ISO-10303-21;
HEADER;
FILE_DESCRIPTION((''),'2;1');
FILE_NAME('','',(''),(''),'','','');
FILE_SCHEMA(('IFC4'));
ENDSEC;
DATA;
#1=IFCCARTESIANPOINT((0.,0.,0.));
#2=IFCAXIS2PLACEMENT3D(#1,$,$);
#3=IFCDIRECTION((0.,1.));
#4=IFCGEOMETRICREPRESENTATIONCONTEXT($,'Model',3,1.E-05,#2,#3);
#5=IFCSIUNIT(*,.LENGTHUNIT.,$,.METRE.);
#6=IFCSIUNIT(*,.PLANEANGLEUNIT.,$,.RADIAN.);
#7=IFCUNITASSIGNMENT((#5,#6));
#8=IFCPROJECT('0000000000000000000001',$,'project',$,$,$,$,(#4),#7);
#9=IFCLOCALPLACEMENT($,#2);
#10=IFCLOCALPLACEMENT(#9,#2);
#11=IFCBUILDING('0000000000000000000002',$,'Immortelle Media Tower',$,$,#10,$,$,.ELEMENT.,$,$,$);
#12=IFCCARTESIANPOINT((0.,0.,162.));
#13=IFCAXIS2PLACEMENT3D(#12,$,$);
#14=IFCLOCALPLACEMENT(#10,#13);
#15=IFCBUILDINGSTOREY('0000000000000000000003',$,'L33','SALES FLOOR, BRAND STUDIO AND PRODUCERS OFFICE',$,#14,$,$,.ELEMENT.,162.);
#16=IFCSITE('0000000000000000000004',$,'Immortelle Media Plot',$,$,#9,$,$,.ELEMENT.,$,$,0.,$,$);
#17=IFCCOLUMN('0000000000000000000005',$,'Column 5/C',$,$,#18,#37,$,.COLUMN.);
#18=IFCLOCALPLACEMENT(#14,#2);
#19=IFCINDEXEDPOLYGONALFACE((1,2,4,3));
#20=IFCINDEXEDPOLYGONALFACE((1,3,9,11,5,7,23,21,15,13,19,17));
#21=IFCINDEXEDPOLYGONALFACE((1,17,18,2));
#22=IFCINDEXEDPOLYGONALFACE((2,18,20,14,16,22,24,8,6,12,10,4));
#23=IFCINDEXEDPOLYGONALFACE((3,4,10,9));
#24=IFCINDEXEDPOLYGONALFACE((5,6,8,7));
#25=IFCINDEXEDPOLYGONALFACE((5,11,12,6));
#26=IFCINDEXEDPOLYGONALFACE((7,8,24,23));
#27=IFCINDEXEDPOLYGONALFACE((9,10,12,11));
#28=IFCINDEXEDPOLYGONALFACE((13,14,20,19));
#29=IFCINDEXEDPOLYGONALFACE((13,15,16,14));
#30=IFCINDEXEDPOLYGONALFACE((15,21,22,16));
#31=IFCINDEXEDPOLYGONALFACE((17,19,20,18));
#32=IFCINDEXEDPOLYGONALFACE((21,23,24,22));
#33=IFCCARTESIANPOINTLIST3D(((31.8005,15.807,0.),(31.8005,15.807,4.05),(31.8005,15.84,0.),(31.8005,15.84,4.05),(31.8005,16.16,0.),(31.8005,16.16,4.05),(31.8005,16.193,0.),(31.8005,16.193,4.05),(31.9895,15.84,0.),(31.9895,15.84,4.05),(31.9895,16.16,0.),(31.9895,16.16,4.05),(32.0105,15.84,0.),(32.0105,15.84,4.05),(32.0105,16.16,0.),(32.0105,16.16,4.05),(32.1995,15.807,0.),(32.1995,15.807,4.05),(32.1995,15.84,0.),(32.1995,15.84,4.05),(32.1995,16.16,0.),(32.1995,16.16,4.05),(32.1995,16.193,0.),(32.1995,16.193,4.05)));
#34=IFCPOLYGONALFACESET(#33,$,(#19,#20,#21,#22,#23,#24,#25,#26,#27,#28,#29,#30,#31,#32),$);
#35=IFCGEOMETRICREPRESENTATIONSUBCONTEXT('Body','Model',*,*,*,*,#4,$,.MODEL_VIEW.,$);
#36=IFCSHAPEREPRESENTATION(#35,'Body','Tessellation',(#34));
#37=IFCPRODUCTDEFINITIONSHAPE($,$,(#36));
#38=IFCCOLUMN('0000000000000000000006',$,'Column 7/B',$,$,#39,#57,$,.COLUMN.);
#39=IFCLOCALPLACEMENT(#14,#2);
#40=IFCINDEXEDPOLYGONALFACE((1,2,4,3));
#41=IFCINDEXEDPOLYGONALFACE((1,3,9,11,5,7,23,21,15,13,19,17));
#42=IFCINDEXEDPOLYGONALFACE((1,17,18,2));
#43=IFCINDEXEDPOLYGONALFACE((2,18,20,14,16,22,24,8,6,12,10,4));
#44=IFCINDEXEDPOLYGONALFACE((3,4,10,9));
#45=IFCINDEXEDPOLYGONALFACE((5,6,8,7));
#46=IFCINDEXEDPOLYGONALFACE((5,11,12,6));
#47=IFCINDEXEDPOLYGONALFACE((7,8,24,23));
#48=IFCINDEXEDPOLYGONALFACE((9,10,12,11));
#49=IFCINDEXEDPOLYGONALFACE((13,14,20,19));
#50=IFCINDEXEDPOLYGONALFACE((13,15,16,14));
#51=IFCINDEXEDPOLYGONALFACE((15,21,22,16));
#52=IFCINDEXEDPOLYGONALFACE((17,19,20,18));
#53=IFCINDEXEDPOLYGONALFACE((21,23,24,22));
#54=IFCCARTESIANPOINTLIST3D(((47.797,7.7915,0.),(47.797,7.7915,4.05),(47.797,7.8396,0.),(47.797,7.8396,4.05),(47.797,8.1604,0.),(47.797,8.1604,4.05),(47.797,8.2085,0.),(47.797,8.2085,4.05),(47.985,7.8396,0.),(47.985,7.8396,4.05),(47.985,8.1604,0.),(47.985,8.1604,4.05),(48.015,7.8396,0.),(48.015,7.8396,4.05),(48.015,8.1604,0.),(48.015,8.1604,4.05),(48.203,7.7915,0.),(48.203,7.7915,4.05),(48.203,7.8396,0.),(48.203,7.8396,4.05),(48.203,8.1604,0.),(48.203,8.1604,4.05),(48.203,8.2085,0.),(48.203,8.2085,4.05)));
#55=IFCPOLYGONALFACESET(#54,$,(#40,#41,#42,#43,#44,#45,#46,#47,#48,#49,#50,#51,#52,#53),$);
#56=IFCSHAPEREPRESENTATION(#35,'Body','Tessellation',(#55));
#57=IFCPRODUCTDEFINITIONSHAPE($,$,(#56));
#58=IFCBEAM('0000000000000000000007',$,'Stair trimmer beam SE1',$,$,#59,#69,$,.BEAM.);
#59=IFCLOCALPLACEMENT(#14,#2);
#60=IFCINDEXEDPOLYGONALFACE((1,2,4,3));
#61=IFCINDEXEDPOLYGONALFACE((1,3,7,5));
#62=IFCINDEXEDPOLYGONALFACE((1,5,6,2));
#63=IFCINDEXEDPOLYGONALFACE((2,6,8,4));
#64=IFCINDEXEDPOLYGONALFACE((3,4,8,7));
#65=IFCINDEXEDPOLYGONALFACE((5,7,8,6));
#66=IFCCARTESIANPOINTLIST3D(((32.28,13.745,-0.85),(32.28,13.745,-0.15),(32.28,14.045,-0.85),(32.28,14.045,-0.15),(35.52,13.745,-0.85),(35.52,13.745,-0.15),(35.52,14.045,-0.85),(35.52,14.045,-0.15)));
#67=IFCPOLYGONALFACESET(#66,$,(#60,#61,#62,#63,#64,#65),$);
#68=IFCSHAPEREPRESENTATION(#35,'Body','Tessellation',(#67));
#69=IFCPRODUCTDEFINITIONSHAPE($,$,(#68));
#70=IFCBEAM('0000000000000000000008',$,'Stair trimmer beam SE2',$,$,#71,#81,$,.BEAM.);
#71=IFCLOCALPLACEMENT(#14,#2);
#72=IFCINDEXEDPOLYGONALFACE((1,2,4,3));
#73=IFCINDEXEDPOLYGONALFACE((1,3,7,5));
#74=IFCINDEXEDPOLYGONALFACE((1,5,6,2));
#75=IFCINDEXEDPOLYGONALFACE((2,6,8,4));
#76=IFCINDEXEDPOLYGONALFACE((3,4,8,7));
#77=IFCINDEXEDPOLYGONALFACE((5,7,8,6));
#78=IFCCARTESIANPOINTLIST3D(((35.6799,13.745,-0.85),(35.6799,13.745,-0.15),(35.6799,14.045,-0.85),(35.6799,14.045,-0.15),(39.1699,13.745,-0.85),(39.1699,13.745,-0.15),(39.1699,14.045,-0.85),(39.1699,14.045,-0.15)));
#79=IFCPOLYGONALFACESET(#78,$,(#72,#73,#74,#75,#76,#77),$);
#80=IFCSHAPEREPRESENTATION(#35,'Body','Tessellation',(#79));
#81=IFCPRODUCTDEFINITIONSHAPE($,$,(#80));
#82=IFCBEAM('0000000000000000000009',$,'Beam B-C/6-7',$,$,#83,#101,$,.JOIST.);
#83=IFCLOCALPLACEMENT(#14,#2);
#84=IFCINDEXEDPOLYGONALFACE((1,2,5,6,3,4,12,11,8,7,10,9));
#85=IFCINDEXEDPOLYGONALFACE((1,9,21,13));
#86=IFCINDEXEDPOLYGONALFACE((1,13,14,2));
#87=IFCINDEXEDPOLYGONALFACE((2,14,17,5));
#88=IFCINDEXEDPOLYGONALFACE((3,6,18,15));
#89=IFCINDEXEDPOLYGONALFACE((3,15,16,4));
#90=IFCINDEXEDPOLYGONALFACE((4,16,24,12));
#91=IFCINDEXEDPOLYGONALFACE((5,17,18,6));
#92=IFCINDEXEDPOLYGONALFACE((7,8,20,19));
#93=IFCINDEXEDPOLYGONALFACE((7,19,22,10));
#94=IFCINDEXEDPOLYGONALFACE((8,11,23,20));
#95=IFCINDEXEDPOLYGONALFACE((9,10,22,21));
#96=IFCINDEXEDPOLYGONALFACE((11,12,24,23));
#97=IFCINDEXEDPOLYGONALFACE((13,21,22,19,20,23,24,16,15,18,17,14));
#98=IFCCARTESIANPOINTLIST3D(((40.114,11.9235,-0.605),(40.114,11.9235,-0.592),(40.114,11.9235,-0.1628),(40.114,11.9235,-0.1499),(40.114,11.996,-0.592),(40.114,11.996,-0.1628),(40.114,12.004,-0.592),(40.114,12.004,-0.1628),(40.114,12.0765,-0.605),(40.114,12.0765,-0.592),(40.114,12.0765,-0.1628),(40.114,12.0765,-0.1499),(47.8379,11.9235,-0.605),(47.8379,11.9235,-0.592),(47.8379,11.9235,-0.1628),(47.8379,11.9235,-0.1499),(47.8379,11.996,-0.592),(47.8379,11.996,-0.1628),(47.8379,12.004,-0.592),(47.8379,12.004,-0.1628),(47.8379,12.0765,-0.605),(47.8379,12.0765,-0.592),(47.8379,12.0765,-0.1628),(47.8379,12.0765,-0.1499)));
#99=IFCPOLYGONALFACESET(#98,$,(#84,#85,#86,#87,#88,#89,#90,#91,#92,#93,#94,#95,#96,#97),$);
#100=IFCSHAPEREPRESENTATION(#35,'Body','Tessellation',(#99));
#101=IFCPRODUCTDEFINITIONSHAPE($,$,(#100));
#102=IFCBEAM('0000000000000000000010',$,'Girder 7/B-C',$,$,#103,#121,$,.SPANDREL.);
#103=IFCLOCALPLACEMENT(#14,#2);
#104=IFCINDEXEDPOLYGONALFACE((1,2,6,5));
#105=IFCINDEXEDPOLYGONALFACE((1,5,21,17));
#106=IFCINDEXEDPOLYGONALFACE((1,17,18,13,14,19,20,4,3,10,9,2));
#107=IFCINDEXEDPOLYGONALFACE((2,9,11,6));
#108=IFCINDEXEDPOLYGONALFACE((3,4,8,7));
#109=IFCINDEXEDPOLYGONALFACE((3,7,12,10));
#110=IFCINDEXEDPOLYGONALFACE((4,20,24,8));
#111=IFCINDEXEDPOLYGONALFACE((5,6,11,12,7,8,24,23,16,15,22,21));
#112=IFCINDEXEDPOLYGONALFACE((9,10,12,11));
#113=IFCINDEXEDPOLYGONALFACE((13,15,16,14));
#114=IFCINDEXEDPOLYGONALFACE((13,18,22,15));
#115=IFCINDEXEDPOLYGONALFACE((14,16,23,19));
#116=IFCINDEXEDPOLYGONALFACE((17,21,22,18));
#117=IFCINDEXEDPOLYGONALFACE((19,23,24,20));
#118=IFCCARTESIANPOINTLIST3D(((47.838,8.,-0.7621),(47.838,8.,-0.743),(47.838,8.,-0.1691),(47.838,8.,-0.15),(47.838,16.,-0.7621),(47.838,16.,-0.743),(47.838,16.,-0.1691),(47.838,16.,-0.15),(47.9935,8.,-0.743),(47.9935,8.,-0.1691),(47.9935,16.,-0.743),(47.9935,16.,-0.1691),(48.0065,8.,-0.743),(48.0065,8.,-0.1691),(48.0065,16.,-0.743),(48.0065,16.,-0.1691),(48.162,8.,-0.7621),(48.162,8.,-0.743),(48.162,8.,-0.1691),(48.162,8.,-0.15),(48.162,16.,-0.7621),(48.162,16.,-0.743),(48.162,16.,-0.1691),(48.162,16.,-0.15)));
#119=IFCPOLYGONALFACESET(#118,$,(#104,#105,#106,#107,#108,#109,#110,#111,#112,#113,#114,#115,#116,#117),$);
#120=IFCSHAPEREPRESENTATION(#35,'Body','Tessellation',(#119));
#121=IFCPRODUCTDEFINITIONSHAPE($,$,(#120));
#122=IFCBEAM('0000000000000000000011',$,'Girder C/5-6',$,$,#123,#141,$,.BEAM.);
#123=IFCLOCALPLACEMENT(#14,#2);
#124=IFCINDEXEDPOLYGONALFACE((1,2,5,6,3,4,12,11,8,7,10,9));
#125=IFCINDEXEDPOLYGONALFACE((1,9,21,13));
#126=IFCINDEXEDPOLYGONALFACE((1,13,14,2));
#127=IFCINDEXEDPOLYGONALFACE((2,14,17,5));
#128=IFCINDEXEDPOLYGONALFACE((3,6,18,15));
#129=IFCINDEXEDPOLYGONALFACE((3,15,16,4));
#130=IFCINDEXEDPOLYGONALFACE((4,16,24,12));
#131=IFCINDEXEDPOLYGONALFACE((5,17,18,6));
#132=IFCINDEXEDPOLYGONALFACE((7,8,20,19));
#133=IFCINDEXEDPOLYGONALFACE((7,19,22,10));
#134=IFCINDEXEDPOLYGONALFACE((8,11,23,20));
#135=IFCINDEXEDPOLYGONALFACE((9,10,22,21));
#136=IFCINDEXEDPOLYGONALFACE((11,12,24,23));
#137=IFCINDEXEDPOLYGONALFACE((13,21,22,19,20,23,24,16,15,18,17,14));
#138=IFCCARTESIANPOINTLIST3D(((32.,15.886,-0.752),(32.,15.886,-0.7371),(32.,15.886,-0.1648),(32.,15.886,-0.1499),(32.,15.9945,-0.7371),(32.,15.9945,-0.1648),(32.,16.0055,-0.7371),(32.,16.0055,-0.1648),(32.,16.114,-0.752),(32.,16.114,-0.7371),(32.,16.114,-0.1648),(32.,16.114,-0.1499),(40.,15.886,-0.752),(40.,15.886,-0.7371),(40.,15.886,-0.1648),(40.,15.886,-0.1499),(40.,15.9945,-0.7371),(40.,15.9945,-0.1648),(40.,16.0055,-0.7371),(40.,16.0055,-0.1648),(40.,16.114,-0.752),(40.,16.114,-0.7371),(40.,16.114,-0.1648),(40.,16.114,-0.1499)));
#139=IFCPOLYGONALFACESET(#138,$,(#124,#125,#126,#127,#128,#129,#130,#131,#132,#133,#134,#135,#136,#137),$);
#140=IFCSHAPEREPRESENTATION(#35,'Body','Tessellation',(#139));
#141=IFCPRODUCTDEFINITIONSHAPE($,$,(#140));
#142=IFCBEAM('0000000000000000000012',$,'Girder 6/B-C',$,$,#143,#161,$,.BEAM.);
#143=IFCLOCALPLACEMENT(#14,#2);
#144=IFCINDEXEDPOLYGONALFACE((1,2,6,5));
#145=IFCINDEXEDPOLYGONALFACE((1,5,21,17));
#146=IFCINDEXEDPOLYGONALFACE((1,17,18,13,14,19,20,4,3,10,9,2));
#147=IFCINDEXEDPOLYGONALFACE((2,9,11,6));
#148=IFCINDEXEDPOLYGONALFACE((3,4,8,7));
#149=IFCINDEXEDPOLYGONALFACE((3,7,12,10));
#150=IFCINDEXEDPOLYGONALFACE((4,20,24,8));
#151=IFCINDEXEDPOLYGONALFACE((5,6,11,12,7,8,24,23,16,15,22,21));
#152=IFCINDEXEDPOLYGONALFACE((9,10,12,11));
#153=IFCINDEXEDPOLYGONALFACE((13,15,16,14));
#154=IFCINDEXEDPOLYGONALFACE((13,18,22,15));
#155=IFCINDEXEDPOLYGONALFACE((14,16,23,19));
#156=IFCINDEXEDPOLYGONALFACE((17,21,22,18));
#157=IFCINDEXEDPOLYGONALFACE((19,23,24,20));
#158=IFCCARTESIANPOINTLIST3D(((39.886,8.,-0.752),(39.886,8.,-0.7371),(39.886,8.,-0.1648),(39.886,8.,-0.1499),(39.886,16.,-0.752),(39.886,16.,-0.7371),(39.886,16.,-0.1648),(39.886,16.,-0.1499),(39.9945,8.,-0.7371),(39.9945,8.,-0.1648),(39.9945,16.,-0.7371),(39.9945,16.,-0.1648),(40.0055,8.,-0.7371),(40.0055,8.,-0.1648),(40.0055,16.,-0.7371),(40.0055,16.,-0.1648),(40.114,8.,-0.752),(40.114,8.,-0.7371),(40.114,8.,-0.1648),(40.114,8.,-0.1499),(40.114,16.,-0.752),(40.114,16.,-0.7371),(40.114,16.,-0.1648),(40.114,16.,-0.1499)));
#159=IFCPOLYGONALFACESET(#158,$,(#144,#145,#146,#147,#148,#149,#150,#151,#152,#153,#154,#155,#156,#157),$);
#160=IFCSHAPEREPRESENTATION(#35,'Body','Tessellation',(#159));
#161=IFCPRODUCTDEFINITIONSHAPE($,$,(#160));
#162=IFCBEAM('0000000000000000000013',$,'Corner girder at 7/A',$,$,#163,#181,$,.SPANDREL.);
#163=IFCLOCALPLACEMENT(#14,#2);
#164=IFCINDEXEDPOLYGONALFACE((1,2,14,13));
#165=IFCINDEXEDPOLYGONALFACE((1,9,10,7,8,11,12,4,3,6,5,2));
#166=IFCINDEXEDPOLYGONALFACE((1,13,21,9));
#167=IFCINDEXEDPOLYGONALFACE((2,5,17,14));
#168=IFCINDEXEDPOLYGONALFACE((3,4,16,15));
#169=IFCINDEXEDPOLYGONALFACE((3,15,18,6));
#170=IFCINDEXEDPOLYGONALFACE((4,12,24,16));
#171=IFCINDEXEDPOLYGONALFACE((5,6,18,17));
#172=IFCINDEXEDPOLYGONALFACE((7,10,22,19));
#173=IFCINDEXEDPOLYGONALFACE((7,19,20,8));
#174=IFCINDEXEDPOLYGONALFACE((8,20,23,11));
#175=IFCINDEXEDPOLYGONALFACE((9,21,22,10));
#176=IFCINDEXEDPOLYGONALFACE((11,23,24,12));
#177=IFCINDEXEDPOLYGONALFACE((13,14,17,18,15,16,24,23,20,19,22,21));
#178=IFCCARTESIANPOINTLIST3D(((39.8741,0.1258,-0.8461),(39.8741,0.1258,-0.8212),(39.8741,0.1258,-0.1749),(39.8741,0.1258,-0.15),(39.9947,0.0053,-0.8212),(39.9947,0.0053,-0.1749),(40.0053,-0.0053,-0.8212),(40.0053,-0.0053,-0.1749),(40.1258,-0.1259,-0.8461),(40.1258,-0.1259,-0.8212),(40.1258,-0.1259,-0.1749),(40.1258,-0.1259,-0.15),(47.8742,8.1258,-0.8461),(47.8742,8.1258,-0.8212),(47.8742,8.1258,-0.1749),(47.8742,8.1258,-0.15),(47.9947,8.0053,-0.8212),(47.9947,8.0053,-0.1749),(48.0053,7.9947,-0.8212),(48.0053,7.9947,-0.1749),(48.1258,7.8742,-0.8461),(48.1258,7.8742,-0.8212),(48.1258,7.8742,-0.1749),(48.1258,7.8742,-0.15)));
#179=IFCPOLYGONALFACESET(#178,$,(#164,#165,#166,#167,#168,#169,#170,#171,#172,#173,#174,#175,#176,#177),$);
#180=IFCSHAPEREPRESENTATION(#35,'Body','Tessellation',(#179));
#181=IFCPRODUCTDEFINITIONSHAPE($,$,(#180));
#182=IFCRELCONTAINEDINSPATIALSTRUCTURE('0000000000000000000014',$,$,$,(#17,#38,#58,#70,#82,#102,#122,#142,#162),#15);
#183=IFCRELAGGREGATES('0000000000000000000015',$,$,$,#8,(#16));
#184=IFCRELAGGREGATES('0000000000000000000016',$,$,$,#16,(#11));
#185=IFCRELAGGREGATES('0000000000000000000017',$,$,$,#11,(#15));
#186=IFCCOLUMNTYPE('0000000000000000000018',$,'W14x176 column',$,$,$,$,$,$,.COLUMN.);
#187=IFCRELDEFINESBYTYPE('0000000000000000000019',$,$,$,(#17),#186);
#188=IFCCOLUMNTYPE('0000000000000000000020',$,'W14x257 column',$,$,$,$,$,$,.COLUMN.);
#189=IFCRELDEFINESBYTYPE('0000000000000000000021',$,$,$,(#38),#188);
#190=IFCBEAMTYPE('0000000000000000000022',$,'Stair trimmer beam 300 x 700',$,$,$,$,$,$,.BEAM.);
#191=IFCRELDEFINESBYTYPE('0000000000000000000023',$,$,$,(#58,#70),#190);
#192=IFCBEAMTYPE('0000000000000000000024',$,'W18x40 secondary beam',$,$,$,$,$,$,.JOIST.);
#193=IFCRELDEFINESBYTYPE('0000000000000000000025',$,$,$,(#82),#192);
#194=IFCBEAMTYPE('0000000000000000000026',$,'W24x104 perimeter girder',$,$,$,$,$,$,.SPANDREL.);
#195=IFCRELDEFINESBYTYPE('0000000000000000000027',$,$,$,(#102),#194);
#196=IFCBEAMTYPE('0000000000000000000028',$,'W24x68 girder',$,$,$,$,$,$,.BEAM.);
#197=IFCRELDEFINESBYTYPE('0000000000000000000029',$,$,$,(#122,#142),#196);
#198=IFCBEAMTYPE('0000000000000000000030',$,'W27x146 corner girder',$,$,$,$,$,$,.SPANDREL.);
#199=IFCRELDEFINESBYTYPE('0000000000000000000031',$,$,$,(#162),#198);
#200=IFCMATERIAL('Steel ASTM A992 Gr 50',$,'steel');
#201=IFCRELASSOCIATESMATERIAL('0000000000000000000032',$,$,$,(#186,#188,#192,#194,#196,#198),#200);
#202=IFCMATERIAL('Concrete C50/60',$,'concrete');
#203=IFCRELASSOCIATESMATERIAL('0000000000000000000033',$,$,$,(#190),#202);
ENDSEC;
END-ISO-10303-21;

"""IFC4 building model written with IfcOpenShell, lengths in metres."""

from ifc_helpers import new_model, si_unit, direction, frame, origin, origin_2d, place, context, subcontext, project, spatial, rectangle, i_section, extrude, material, material_profile, profile_set, type_object, element, save


model = new_model("IFC4")

# Units and contexts
model_context = context("Model", 3, precision=1e-05, world=origin(), true_north=direction((0.0, 1.0)))
body_context = subcontext(model_context, "Body", "Model", "MODEL_VIEW")
ifc_project = project(units=[si_unit("LENGTHUNIT", "METRE"), si_unit("PLANEANGLEUNIT", "RADIAN")], contexts=[model_context])

# Site, building, storey
site_placement = place(None, origin())
site = spatial("IfcSite", under=ifc_project, at=site_placement, Name="Immortelle Media Plot", CompositionType="ELEMENT", RefElevation=0.0)
building_placement = place(site_placement, origin())
building = spatial("IfcBuilding", under=site, at=building_placement, Name="Immortelle Media Tower", CompositionType="ELEMENT")
storey_placement = place(building_placement, frame((0.0, 0.0, 162.0)))
storey = spatial("IfcBuildingStorey", under=building, at=storey_placement, Name="L33", Description="SALES FLOOR, BRAND STUDIO AND PRODUCERS OFFICE", CompositionType="ELEMENT", Elevation=162.0)

# Columns
ifc_material_1 = material(Name="Steel ASTM A992 Gr 50", Category="steel")
ifc_material_profile_1 = material_profile(ifc_material_1, i_section(OverallWidth=0.3989, OverallDepth=0.386, WebThickness=0.021, FlangeThickness=0.033, at=origin_2d()), Name="W14x176")
ifc_profile_set_1 = profile_set([ifc_material_profile_1], Name="Steel ASTM A992 Gr 50")
column_type_1 = type_object("IfcColumnType", Name="W14x176 column", PredefinedType="COLUMN", material=ifc_profile_set_1)
column_1_placement = place(storey_placement, frame((32.0, 16.0, 0.0), z_axis=(0.0, 0.0, 1.0), x_axis=(1.0, 0.0, 0.0)))
element("IfcColumn", 1, at=column_1_placement, inside=storey, type_object=column_type_1, Name="Column 5/C", PredefinedType="COLUMN", context=body_context, shape_type="SweptSolid", body=[
    extrude(i_section(OverallWidth=0.3989, OverallDepth=0.386, WebThickness=0.021, FlangeThickness=0.033, at=origin_2d()), origin(), (0.0, 0.0, 1.0), 4.05),
])
ifc_material_profile_2 = material_profile(ifc_material_1, i_section(OverallWidth=0.406, OverallDepth=0.417, WebThickness=0.03, FlangeThickness=0.0481, at=origin_2d()), Name="W14x257")
ifc_profile_set_2 = profile_set([ifc_material_profile_2], Name="Steel ASTM A992 Gr 50")
column_type_2 = type_object("IfcColumnType", Name="W14x257 column", PredefinedType="COLUMN", material=ifc_profile_set_2)
column_2_placement = place(storey_placement, frame((48.0, 8.0, 0.0), z_axis=(0.0, 0.0, 1.0), x_axis=(1.0, 0.0, 0.0)))
element("IfcColumn", 2, at=column_2_placement, inside=storey, type_object=column_type_2, Name="Column 7/B", PredefinedType="COLUMN", context=body_context, shape_type="SweptSolid", body=[
    extrude(i_section(OverallWidth=0.406, OverallDepth=0.417, WebThickness=0.03, FlangeThickness=0.0481, at=origin_2d()), origin(), (0.0, 0.0, 1.0), 4.05),
])

# Beams
ifc_material_2 = material(Name="Concrete C50/60", Category="concrete")
ifc_material_profile_3 = material_profile(ifc_material_2, rectangle(XDim=0.3, YDim=0.7, at=origin_2d()), Name="RC 300x700")
ifc_profile_set_3 = profile_set([ifc_material_profile_3], Name="Concrete C50/60")
beam_type_1 = type_object("IfcBeamType", Name="Stair trimmer beam 300 x 700", PredefinedType="BEAM", material=ifc_profile_set_3)
beam_1_placement = place(storey_placement, frame((32.28, 13.895, -0.5), z_axis=(1.0, 0.0, 0.0), x_axis=(0.0, 1.0, 0.0)))
element("IfcBeam", 3, at=beam_1_placement, inside=storey, type_object=beam_type_1, Name="Stair trimmer beam SE1", PredefinedType="BEAM", context=body_context, shape_type="SweptSolid", body=[
    extrude(rectangle(XDim=0.3, YDim=0.7, at=origin_2d()), origin(), (0.0, 0.0, 1.0), 3.24),
])
beam_2_placement = place(storey_placement, frame((35.6799, 13.895, -0.5), z_axis=(1.0, 0.0, 0.0), x_axis=(0.0, 1.0, 0.0)))
element("IfcBeam", 4, at=beam_2_placement, inside=storey, type_object=beam_type_1, Name="Stair trimmer beam SE2", PredefinedType="BEAM", context=body_context, shape_type="SweptSolid", body=[
    extrude(rectangle(XDim=0.3, YDim=0.7, at=origin_2d()), origin(), (0.0, 0.0, 1.0), 3.49),
])
ifc_material_profile_4 = material_profile(ifc_material_1, i_section(OverallWidth=0.1531, OverallDepth=0.4551, WebThickness=0.0081, FlangeThickness=0.0129, at=origin_2d()), Name="W18x40")
ifc_profile_set_4 = profile_set([ifc_material_profile_4], Name="Steel ASTM A992 Gr 50")
beam_type_2 = type_object("IfcBeamType", Name="W18x40 secondary beam", PredefinedType="JOIST", material=ifc_profile_set_4)
beam_3_placement = place(storey_placement, frame((40.114, 12.0, -0.3774), z_axis=(1.0, 0.0, 0.0), x_axis=(0.0, 1.0, 0.0)))
element("IfcBeam", 5, at=beam_3_placement, inside=storey, type_object=beam_type_2, Name="Beam B-C/6-7", PredefinedType="JOIST", context=body_context, shape_type="SweptSolid", body=[
    extrude(i_section(OverallWidth=0.1531, OverallDepth=0.4551, WebThickness=0.0081, FlangeThickness=0.0129, at=origin_2d()), origin(), (0.0, 0.0, 1.0), 7.7239),
])
ifc_material_profile_5 = material_profile(ifc_material_1, i_section(OverallWidth=0.324, OverallDepth=0.6121, WebThickness=0.0129, FlangeThickness=0.019, at=origin_2d()), Name="W24x104")
ifc_profile_set_5 = profile_set([ifc_material_profile_5], Name="Steel ASTM A992 Gr 50")
beam_type_3 = type_object("IfcBeamType", Name="W24x104 perimeter girder", PredefinedType="SPANDREL", material=ifc_profile_set_5)
beam_4_placement = place(storey_placement, frame((48.0, 8.0, -0.4561), z_axis=(0.0, 1.0, 0.0), x_axis=(-1.0, 0.0, 0.0)))
element("IfcBeam", 6, at=beam_4_placement, inside=storey, type_object=beam_type_3, Name="Girder 7/B-C", PredefinedType="SPANDREL", context=body_context, shape_type="SweptSolid", body=[
    extrude(i_section(OverallWidth=0.324, OverallDepth=0.6121, WebThickness=0.0129, FlangeThickness=0.019, at=origin_2d()), origin(), (0.0, 0.0, 1.0), 8.0),
])
ifc_material_profile_6 = material_profile(ifc_material_1, i_section(OverallWidth=0.228, OverallDepth=0.6021, WebThickness=0.011, FlangeThickness=0.0149, at=origin_2d()), Name="W24x68")
ifc_profile_set_6 = profile_set([ifc_material_profile_6], Name="Steel ASTM A992 Gr 50")
beam_type_4 = type_object("IfcBeamType", Name="W24x68 girder", PredefinedType="BEAM", material=ifc_profile_set_6)
for number, where, z_axis, x_axis, name in (
    (7, (32.0, 16.0, -0.4509), (1.0, 0.0, 0.0), (0.0, 1.0, 0.0), "Girder C/5-6"),
    (8, (40.0, 8.0, -0.4509), (0.0, 1.0, 0.0), (-1.0, 0.0, 0.0), "Girder 6/B-C"),
):
    element("IfcBeam", number, at=place(storey_placement, frame(where, z_axis=z_axis, x_axis=x_axis)), inside=storey, type_object=beam_type_4, Name=name, PredefinedType="BEAM", context=body_context, shape_type="SweptSolid", body=[
        extrude(i_section(OverallWidth=0.228, OverallDepth=0.6021, WebThickness=0.011, FlangeThickness=0.0149, at=origin_2d()), origin(), (0.0, 0.0, 1.0), 8.0),
    ])
ifc_material_profile_7 = material_profile(ifc_material_1, i_section(OverallWidth=0.356, OverallDepth=0.696, WebThickness=0.0149, FlangeThickness=0.0249, at=origin_2d()), Name="W27x146")
ifc_profile_set_7 = profile_set([ifc_material_profile_7], Name="Steel ASTM A992 Gr 50")
beam_type_5 = type_object("IfcBeamType", Name="W27x146 corner girder", PredefinedType="SPANDREL", material=ifc_profile_set_7)
beam_5_placement = place(storey_placement, frame((48.0, 8.0, -0.498), z_axis=(-0.707107, -0.707107, 0.0), x_axis=(0.707107, -0.707107, 0.0)))
element("IfcBeam", 9, at=beam_5_placement, inside=storey, type_object=beam_type_5, Name="Corner girder at 7/A", PredefinedType="SPANDREL", context=body_context, shape_type="SweptSolid", body=[
    extrude(i_section(OverallWidth=0.356, OverallDepth=0.696, WebThickness=0.0149, FlangeThickness=0.0249, at=origin_2d()), origin(), (0.0, 0.0, 1.0), 11.3137),
])

save(model, "model.ifc")
